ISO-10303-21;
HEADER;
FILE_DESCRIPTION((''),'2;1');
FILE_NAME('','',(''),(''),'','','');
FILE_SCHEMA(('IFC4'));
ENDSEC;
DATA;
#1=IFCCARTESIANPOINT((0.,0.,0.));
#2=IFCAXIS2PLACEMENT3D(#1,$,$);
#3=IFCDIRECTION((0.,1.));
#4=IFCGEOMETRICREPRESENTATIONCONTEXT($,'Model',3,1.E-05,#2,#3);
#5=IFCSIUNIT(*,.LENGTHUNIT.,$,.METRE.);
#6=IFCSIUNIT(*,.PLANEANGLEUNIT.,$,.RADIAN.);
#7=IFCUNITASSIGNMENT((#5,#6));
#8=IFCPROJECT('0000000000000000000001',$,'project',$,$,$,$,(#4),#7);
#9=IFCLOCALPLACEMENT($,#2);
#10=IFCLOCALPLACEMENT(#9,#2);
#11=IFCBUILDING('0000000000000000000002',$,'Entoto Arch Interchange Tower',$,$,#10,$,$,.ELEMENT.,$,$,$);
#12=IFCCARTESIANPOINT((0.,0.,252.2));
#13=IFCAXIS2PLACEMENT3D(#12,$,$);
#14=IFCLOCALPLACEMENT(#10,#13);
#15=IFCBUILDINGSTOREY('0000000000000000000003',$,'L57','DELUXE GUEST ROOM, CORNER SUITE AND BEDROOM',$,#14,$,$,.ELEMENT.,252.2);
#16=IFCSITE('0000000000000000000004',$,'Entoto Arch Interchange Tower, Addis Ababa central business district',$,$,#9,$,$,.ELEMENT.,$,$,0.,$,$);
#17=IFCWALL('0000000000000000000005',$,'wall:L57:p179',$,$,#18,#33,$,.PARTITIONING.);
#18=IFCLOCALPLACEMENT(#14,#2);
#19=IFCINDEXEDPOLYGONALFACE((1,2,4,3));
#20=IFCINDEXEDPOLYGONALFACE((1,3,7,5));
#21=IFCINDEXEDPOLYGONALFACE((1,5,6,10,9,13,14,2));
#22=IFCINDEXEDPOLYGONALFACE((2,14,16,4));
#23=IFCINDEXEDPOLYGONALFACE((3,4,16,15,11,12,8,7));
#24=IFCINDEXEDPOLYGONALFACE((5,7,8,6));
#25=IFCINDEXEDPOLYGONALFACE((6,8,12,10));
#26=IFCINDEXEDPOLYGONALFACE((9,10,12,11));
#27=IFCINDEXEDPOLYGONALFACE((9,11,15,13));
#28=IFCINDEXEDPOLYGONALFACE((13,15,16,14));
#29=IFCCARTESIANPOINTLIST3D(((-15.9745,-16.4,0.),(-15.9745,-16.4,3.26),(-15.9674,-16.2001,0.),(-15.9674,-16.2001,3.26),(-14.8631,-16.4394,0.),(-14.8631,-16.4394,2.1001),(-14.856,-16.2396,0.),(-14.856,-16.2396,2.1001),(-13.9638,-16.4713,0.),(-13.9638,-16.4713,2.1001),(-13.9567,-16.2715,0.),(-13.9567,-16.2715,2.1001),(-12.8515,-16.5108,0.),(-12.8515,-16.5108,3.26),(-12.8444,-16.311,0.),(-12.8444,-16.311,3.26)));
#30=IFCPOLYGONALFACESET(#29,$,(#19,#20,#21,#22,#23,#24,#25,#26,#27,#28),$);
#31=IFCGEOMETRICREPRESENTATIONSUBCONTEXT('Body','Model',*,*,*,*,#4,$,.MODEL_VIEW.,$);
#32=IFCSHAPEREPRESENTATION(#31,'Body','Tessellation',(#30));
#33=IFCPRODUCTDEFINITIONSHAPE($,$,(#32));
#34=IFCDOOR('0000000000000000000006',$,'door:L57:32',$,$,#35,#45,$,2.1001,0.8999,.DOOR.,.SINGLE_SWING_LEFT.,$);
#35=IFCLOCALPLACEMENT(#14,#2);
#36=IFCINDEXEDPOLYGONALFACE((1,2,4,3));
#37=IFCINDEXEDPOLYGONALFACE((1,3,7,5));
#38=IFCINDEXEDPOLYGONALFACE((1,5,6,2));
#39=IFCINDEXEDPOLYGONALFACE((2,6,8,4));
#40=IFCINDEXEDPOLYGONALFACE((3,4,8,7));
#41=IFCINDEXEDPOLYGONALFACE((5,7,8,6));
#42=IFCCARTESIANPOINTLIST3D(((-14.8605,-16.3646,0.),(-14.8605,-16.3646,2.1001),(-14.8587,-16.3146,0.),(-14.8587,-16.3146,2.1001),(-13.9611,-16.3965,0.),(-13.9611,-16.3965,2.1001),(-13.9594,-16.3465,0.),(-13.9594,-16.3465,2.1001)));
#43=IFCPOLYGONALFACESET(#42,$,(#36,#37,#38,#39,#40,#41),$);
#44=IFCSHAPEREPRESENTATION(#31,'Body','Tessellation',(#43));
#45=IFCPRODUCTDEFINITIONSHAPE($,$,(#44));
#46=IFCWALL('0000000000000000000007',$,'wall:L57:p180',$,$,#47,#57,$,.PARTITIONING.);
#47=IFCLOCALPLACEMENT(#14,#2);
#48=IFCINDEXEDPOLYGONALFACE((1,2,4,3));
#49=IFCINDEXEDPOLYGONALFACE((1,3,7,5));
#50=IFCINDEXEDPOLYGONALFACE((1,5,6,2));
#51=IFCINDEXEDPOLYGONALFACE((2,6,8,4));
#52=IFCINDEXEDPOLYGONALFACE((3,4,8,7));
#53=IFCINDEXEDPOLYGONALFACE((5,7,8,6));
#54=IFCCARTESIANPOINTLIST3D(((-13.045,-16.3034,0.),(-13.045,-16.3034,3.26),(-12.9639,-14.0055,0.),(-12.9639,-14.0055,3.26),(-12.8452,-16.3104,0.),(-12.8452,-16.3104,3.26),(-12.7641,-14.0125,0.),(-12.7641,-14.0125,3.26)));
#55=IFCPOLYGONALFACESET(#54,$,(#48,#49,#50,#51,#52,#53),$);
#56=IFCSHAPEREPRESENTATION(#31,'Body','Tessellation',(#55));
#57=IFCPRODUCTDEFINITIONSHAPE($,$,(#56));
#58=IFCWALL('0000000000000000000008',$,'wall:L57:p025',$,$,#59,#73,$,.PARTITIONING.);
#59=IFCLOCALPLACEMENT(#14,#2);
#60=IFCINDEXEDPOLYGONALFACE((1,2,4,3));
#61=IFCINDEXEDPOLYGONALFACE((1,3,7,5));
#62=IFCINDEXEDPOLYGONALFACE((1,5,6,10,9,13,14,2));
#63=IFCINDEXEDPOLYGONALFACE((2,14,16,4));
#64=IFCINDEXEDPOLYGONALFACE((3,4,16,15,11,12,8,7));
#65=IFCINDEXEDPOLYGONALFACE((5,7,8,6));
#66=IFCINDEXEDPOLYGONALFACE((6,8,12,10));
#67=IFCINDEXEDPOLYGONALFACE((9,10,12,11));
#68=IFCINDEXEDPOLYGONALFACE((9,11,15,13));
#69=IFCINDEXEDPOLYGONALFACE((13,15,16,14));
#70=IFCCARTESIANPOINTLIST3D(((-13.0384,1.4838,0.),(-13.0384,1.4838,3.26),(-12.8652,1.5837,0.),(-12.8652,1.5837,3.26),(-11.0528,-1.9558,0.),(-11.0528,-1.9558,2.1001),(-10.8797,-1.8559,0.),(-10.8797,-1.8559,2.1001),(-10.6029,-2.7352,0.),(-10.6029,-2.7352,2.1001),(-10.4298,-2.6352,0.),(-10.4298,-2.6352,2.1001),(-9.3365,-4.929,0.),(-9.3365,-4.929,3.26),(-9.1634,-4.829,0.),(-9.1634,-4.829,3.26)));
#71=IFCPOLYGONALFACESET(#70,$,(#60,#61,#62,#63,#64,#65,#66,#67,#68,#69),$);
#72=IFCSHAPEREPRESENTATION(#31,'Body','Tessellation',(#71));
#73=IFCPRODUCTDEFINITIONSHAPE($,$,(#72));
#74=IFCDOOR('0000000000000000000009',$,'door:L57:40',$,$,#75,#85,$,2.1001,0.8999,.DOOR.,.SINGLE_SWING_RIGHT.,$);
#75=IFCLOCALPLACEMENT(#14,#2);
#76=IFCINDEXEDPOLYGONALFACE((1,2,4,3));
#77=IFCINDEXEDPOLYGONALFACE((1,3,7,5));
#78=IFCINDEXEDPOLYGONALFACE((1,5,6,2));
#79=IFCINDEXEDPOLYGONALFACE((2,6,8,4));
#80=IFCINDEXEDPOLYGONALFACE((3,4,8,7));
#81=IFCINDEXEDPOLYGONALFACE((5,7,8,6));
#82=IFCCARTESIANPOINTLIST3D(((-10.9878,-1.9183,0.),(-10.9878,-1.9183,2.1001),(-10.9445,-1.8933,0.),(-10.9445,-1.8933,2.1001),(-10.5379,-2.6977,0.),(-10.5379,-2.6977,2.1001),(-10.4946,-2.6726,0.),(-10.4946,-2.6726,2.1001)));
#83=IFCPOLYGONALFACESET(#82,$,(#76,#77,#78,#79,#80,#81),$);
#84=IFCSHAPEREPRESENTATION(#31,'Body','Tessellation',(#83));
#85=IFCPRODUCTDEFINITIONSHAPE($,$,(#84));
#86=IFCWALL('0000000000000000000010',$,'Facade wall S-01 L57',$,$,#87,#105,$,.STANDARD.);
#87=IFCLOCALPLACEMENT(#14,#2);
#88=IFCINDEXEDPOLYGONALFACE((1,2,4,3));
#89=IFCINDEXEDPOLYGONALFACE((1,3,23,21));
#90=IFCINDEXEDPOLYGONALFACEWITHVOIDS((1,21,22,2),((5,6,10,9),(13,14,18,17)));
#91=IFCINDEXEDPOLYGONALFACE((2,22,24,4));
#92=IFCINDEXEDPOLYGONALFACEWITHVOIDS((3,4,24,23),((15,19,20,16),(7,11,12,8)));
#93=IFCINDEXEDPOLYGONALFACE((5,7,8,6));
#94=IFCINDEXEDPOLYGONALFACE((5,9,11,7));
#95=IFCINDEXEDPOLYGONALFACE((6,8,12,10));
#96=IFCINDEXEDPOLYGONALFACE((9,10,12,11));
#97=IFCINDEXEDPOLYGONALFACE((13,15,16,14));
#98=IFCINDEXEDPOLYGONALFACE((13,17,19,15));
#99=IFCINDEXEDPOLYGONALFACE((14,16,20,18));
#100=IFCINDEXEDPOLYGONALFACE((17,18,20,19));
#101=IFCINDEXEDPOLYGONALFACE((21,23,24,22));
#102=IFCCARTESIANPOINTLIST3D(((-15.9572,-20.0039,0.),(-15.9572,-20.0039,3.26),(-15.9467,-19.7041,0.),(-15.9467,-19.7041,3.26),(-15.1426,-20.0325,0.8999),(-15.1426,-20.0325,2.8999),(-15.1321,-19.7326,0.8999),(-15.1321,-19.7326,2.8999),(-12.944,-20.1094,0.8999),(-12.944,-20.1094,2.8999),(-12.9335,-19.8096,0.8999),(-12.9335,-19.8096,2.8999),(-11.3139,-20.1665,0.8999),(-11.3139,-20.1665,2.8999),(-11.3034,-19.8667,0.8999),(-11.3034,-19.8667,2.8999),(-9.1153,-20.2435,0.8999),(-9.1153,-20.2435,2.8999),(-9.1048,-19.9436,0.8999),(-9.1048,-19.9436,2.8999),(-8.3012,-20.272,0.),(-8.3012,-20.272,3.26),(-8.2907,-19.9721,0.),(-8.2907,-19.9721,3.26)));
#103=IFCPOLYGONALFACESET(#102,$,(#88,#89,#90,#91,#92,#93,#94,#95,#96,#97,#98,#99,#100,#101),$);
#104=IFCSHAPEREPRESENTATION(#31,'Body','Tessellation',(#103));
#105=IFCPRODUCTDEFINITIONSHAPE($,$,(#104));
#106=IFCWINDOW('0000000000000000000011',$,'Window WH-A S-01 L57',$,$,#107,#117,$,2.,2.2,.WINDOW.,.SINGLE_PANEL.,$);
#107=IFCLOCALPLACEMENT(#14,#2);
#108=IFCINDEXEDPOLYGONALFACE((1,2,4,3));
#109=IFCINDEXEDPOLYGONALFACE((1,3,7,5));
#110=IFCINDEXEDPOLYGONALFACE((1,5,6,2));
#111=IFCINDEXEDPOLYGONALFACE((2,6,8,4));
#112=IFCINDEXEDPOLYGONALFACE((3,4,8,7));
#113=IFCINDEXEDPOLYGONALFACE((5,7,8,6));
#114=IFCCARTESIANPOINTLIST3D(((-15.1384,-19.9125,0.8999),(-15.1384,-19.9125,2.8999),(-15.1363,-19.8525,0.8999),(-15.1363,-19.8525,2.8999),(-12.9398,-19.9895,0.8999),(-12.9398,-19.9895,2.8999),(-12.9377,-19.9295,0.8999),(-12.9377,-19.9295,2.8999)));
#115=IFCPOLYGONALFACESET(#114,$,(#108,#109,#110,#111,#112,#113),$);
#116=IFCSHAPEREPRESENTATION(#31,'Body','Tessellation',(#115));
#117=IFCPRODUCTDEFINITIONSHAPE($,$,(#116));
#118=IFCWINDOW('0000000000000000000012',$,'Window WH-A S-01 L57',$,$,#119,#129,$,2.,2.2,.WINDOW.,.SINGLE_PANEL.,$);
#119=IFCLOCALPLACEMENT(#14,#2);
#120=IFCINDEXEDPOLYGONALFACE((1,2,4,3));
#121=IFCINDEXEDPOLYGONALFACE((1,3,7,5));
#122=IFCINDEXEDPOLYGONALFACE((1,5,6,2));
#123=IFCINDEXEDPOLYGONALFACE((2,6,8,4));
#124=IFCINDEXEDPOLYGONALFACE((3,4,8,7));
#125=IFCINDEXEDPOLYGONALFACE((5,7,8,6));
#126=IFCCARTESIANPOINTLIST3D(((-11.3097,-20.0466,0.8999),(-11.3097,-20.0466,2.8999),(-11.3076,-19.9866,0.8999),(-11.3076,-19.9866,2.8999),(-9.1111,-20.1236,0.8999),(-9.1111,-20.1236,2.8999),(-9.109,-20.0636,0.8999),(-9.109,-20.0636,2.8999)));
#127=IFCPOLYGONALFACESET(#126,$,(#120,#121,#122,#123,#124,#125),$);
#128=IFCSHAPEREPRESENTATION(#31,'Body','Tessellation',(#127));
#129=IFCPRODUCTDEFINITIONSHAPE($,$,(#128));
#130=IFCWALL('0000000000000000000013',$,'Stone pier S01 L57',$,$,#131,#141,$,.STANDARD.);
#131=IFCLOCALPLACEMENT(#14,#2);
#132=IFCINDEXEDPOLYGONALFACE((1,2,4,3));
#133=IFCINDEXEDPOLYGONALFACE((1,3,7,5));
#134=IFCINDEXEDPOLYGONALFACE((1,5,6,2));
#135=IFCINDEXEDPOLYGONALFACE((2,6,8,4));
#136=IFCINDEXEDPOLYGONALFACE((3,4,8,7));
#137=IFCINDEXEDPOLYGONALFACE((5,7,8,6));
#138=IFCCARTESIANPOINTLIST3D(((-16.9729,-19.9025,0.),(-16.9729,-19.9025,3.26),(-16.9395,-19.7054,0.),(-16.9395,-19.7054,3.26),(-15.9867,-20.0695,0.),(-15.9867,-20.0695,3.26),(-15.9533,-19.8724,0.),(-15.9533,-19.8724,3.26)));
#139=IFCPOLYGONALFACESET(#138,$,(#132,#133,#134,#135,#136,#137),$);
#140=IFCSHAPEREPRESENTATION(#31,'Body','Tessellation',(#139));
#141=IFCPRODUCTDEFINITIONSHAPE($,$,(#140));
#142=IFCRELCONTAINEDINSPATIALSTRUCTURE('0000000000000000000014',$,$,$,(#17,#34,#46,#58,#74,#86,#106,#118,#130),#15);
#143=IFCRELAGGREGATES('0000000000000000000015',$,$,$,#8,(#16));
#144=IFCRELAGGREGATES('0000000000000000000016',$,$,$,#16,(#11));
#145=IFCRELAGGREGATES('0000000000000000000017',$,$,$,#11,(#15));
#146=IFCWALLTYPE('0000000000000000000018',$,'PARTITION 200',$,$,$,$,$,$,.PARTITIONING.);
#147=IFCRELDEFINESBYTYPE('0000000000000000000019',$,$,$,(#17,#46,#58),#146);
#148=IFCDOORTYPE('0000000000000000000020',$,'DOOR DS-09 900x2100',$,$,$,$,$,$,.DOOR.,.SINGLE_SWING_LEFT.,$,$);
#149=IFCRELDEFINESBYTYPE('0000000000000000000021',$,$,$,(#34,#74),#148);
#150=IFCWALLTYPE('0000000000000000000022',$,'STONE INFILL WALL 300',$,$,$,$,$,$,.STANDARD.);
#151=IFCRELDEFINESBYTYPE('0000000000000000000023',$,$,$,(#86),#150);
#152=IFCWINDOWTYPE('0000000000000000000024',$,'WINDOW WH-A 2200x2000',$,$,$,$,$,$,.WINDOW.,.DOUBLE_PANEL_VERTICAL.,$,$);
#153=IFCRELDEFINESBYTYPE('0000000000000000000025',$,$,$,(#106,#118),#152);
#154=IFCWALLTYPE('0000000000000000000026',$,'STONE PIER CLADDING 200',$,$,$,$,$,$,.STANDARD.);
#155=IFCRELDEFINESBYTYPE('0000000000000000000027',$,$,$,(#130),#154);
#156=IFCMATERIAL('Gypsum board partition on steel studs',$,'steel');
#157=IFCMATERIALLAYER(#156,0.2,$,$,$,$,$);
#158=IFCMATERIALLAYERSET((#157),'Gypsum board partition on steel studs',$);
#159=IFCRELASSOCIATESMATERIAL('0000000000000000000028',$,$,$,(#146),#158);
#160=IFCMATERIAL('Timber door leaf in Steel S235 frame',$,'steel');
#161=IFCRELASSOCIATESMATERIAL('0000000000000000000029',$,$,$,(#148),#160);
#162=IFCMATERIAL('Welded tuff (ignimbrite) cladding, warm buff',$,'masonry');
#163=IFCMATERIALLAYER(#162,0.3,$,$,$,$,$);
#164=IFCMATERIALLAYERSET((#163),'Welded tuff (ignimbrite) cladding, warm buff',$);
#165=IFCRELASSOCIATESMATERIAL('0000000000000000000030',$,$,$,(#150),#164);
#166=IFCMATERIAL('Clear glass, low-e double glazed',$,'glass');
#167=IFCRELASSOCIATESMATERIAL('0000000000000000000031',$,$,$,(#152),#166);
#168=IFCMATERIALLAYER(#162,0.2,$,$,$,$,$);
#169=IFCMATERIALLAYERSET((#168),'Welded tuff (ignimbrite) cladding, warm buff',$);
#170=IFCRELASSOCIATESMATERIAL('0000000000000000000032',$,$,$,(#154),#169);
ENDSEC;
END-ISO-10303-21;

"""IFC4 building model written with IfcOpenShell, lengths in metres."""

from ifc_helpers import new_model, si_unit, direction, frame, frame_2d, origin, place, context, subcontext, project, spatial, rectangle, extrude, material, layer, layer_set, type_object, element, fill, save


model = new_model("IFC4")

# Units and contexts
model_context = context("Model", 3, precision=1e-05, world=origin(), true_north=direction((0.0, 1.0)))
body_context = subcontext(model_context, "Body", "Model", "MODEL_VIEW")
ifc_project = project(units=[si_unit("LENGTHUNIT", "METRE"), si_unit("PLANEANGLEUNIT", "RADIAN")], contexts=[model_context])

# Site, building, storey
site_placement = place(None, origin())
site = spatial("IfcSite", under=ifc_project, at=site_placement, Name="Entoto Arch Interchange Tower, Addis Ababa central business district", CompositionType="ELEMENT", RefElevation=0.0)
building_placement = place(site_placement, origin())
building = spatial("IfcBuilding", under=site, at=building_placement, Name="Entoto Arch Interchange Tower", CompositionType="ELEMENT")
storey_placement = place(building_placement, frame((0.0, 0.0, 252.2)))
storey = spatial("IfcBuildingStorey", under=building, at=storey_placement, Name="L57", Description="DELUXE GUEST ROOM, CORNER SUITE AND BEDROOM", CompositionType="ELEMENT", Elevation=252.2)

# Shared definitions
ifc_material_1 = material(Name="Gypsum board partition on steel studs", Category="steel")
ifc_layer_1 = layer(ifc_material_1, 0.2)
ifc_layer_set_1 = layer_set([ifc_layer_1], Name="Gypsum board partition on steel studs")
wall_type_1 = type_object("IfcWallType", Name="PARTITION 200", PredefinedType="PARTITIONING", material=ifc_layer_set_1)

# Shared definitions
ifc_material_2 = material(Name="Timber door leaf in Steel S235 frame", Category="steel")

# Wall, opening, door
wall_1_placement = place(storey_placement, frame((-15.9709, -16.3, 0.0), z_axis=(0.0, 0.0, 1.0), x_axis=(0.999371, -0.035469, 0.0)))
wall_1 = element("IfcWall", 1, at=wall_1_placement, inside=storey, type_object=wall_type_1, Name="wall:L57:p179", PredefinedType="PARTITIONING", context=body_context, shape_type="SweptSolid", body=[
    extrude(rectangle(XDim=3.125, YDim=0.2, at=frame_2d((1.5625, 0.0))), origin(), (0.0, 0.0, 1.0), 3.26),
])
opening_1_placement = place(wall_1_placement, frame((1.1121, 0.0, 0.0)))
opening_1 = element("IfcOpeningElement", 2, at=opening_1_placement, cuts=wall_1, PredefinedType="OPENING", context=body_context, shape_type="SweptSolid", body=[
    extrude(rectangle(XDim=0.8999, YDim=2.1001, at=frame_2d((0.45, 1.05))), frame((0.0, 0.1099, 0.0), z_axis=(0.0, -1.0, 0.0), x_axis=(1.0, 0.0, 0.0)), (0.0, 0.0, 1.0), 0.22),
])
door_type_1 = type_object("IfcDoorType", Name="DOOR DS-09 900x2100", OperationType="SINGLE_SWING_LEFT", PredefinedType="DOOR", material=ifc_material_2)
door_1_placement = place(opening_1_placement, origin())
door_1 = element("IfcDoor", 3, at=door_1_placement, inside=storey, type_object=door_type_1, Name="door:L57:32", OperationType="SINGLE_SWING_LEFT", OverallHeight=2.1001, OverallWidth=0.8999, PredefinedType="DOOR", context=body_context, shape_type="SweptSolid", body=[
    extrude(rectangle(XDim=0.8999, YDim=2.1001, at=frame_2d((0.45, 1.05))), frame((0.0, 0.0249, 0.0), z_axis=(0.0, -1.0, 0.0), x_axis=(1.0, 0.0, 0.0)), (0.0, 0.0, 1.0), 0.05),
])
fill(opening_1, door_1)

# Wall
wall_2_placement = place(storey_placement, frame((-12.9451, -16.3069, 0.0), z_axis=(0.0, 0.0, 1.0), x_axis=(0.035252, 0.999378, 0.0)))
element("IfcWall", 4, at=wall_2_placement, inside=storey, type_object=wall_type_1, Name="wall:L57:p180", PredefinedType="PARTITIONING", context=body_context, shape_type="SweptSolid", body=[
    extrude(rectangle(XDim=2.2993, YDim=0.2, at=frame_2d((1.1497, 0.0))), origin(), (0.0, 0.0, 1.0), 3.26),
])

# Wall, opening, door
wall_3_placement = place(storey_placement, frame((-9.25, -4.8789, 0.0), z_axis=(0.0, 0.0, 1.0), x_axis=(-0.499944, 0.866058, 0.0)))
wall_3 = element("IfcWall", 5, at=wall_3_placement, inside=storey, type_object=wall_type_1, Name="wall:L57:p025", PredefinedType="PARTITIONING", context=body_context, shape_type="SweptSolid", body=[
    extrude(rectangle(XDim=7.4045, YDim=0.2, at=frame_2d((3.7021, 0.0))), origin(), (0.0, 0.0, 1.0), 3.26),
])
opening_2_placement = place(wall_3_placement, frame((2.533, 0.0, 0.0)))
opening_2 = element("IfcOpeningElement", 6, at=opening_2_placement, cuts=wall_3, PredefinedType="OPENING", context=body_context, shape_type="SweptSolid", body=[
    extrude(rectangle(XDim=0.8999, YDim=2.1001, at=frame_2d((0.45, 1.05))), frame((0.0, 0.1099, 0.0), z_axis=(0.0, -1.0, 0.0), x_axis=(1.0, 0.0, 0.0)), (0.0, 0.0, 1.0), 0.22),
])
door_2_placement = place(opening_2_placement, origin())
door_2 = element("IfcDoor", 7, at=door_2_placement, inside=storey, type_object=door_type_1, Name="door:L57:40", OperationType="SINGLE_SWING_RIGHT", OverallHeight=2.1001, OverallWidth=0.8999, PredefinedType="DOOR", context=body_context, shape_type="SweptSolid", body=[
    extrude(rectangle(XDim=0.8999, YDim=2.1001, at=frame_2d((0.45, 1.05))), frame((0.0, 0.0249, 0.0), z_axis=(0.0, -1.0, 0.0), x_axis=(1.0, 0.0, 0.0)), (0.0, 0.0, 1.0), 0.05),
])
fill(opening_2, door_2)

# Wall, openings, windows
ifc_material_3 = material(Name="Welded tuff (ignimbrite) cladding, warm buff", Category="masonry")
ifc_layer_2 = layer(ifc_material_3, 0.3)
ifc_layer_set_2 = layer_set([ifc_layer_2], Name="Welded tuff (ignimbrite) cladding, warm buff")
wall_type_2 = type_object("IfcWallType", Name="STONE INFILL WALL 300", PredefinedType="STANDARD", material=ifc_layer_set_2)
wall_4_placement = place(storey_placement, frame((-15.9519, -19.854, 0.0), z_axis=(0.0, 0.0, 1.0), x_axis=(0.999388, -0.034992, 0.0)))
wall_4 = element("IfcWall", 8, at=wall_4_placement, inside=storey, type_object=wall_type_2, Name="Facade wall S-01 L57", PredefinedType="STANDARD", context=body_context, shape_type="SweptSolid", body=[
    extrude(rectangle(XDim=7.6606, YDim=0.3, at=frame_2d((3.8303, 0.0))), origin(), (0.0, 0.0, 1.0), 3.26),
])
opening_3_placement = place(wall_4_placement, frame((0.8149, 0.0, 0.8999)))
opening_3 = element("IfcOpeningElement", 9, at=opening_3_placement, cuts=wall_4, PredefinedType="OPENING", context=body_context, shape_type="SweptSolid", body=[
    extrude(rectangle(XDim=2.2, YDim=2.0, at=frame_2d((1.1001, 1.0))), frame((0.0, 0.1602, 0.0), z_axis=(0.0, -1.0, 0.0), x_axis=(1.0, 0.0, 0.0)), (0.0, 0.0, 1.0), 0.3201),
])
opening_4_placement = place(wall_4_placement, frame((4.646, 0.0, 0.8999)))
opening_4 = element("IfcOpeningElement", 10, at=opening_4_placement, cuts=wall_4, PredefinedType="OPENING", context=body_context, shape_type="SweptSolid", body=[
    extrude(rectangle(XDim=2.2, YDim=2.0, at=frame_2d((1.1001, 1.0))), frame((0.0, 0.1602, 0.0), z_axis=(0.0, -1.0, 0.0), x_axis=(1.0, 0.0, 0.0)), (0.0, 0.0, 1.0), 0.3201),
])
ifc_material_4 = material(Name="Clear glass, low-e double glazed", Category="glass")
window_type = type_object("IfcWindowType", Name="WINDOW WH-A 2200x2000", PartitioningType="DOUBLE_PANEL_VERTICAL", PredefinedType="WINDOW", material=ifc_material_4)
window_1_placement = place(opening_3_placement, origin())
window_1 = element("IfcWindow", 11, at=window_1_placement, inside=storey, type_object=window_type, Name="Window WH-A S-01 L57", OverallHeight=2.0, OverallWidth=2.2, PartitioningType="SINGLE_PANEL", PredefinedType="WINDOW", context=body_context, shape_type="SweptSolid", body=[
    extrude(rectangle(XDim=2.2, YDim=2.0, at=frame_2d((1.1001, 1.0))), frame((0.0, 0.03, 0.0), z_axis=(0.0, -1.0, 0.0), x_axis=(1.0, 0.0, 0.0)), (0.0, 0.0, 1.0), 0.0601),
])
fill(opening_3, window_1)
window_2_placement = place(opening_4_placement, origin())
window_2 = element("IfcWindow", 12, at=window_2_placement, inside=storey, type_object=window_type, Name="Window WH-A S-01 L57", OverallHeight=2.0, OverallWidth=2.2, PartitioningType="SINGLE_PANEL", PredefinedType="WINDOW", context=body_context, shape_type="SweptSolid", body=[
    extrude(rectangle(XDim=2.2, YDim=2.0, at=frame_2d((1.1001, 1.0))), frame((0.0, 0.03, 0.0), z_axis=(0.0, -1.0, 0.0), x_axis=(1.0, 0.0, 0.0)), (0.0, 0.0, 1.0), 0.0601),
])
fill(opening_4, window_2)

# Wall
ifc_layer_3 = layer(ifc_material_3, 0.2)
ifc_layer_set_3 = layer_set([ifc_layer_3], Name="Welded tuff (ignimbrite) cladding, warm buff")
wall_type_3 = type_object("IfcWallType", Name="STONE PIER CLADDING 200", PredefinedType="STANDARD", material=ifc_layer_set_3)
wall_5_placement = place(storey_placement, frame((-16.9561, -19.804, 0.0), z_axis=(0.0, 0.0, 1.0), x_axis=(0.985962, -0.166971, 0.0)))
element("IfcWall", 13, at=wall_5_placement, inside=storey, type_object=wall_type_3, Name="Stone pier S01 L57", PredefinedType="STANDARD", context=body_context, shape_type="SweptSolid", body=[
    extrude(rectangle(XDim=1.0002, YDim=0.2, at=frame_2d((0.5, 0.0))), origin(), (0.0, 0.0, 1.0), 3.26),
])

save(model, "model.ifc")
